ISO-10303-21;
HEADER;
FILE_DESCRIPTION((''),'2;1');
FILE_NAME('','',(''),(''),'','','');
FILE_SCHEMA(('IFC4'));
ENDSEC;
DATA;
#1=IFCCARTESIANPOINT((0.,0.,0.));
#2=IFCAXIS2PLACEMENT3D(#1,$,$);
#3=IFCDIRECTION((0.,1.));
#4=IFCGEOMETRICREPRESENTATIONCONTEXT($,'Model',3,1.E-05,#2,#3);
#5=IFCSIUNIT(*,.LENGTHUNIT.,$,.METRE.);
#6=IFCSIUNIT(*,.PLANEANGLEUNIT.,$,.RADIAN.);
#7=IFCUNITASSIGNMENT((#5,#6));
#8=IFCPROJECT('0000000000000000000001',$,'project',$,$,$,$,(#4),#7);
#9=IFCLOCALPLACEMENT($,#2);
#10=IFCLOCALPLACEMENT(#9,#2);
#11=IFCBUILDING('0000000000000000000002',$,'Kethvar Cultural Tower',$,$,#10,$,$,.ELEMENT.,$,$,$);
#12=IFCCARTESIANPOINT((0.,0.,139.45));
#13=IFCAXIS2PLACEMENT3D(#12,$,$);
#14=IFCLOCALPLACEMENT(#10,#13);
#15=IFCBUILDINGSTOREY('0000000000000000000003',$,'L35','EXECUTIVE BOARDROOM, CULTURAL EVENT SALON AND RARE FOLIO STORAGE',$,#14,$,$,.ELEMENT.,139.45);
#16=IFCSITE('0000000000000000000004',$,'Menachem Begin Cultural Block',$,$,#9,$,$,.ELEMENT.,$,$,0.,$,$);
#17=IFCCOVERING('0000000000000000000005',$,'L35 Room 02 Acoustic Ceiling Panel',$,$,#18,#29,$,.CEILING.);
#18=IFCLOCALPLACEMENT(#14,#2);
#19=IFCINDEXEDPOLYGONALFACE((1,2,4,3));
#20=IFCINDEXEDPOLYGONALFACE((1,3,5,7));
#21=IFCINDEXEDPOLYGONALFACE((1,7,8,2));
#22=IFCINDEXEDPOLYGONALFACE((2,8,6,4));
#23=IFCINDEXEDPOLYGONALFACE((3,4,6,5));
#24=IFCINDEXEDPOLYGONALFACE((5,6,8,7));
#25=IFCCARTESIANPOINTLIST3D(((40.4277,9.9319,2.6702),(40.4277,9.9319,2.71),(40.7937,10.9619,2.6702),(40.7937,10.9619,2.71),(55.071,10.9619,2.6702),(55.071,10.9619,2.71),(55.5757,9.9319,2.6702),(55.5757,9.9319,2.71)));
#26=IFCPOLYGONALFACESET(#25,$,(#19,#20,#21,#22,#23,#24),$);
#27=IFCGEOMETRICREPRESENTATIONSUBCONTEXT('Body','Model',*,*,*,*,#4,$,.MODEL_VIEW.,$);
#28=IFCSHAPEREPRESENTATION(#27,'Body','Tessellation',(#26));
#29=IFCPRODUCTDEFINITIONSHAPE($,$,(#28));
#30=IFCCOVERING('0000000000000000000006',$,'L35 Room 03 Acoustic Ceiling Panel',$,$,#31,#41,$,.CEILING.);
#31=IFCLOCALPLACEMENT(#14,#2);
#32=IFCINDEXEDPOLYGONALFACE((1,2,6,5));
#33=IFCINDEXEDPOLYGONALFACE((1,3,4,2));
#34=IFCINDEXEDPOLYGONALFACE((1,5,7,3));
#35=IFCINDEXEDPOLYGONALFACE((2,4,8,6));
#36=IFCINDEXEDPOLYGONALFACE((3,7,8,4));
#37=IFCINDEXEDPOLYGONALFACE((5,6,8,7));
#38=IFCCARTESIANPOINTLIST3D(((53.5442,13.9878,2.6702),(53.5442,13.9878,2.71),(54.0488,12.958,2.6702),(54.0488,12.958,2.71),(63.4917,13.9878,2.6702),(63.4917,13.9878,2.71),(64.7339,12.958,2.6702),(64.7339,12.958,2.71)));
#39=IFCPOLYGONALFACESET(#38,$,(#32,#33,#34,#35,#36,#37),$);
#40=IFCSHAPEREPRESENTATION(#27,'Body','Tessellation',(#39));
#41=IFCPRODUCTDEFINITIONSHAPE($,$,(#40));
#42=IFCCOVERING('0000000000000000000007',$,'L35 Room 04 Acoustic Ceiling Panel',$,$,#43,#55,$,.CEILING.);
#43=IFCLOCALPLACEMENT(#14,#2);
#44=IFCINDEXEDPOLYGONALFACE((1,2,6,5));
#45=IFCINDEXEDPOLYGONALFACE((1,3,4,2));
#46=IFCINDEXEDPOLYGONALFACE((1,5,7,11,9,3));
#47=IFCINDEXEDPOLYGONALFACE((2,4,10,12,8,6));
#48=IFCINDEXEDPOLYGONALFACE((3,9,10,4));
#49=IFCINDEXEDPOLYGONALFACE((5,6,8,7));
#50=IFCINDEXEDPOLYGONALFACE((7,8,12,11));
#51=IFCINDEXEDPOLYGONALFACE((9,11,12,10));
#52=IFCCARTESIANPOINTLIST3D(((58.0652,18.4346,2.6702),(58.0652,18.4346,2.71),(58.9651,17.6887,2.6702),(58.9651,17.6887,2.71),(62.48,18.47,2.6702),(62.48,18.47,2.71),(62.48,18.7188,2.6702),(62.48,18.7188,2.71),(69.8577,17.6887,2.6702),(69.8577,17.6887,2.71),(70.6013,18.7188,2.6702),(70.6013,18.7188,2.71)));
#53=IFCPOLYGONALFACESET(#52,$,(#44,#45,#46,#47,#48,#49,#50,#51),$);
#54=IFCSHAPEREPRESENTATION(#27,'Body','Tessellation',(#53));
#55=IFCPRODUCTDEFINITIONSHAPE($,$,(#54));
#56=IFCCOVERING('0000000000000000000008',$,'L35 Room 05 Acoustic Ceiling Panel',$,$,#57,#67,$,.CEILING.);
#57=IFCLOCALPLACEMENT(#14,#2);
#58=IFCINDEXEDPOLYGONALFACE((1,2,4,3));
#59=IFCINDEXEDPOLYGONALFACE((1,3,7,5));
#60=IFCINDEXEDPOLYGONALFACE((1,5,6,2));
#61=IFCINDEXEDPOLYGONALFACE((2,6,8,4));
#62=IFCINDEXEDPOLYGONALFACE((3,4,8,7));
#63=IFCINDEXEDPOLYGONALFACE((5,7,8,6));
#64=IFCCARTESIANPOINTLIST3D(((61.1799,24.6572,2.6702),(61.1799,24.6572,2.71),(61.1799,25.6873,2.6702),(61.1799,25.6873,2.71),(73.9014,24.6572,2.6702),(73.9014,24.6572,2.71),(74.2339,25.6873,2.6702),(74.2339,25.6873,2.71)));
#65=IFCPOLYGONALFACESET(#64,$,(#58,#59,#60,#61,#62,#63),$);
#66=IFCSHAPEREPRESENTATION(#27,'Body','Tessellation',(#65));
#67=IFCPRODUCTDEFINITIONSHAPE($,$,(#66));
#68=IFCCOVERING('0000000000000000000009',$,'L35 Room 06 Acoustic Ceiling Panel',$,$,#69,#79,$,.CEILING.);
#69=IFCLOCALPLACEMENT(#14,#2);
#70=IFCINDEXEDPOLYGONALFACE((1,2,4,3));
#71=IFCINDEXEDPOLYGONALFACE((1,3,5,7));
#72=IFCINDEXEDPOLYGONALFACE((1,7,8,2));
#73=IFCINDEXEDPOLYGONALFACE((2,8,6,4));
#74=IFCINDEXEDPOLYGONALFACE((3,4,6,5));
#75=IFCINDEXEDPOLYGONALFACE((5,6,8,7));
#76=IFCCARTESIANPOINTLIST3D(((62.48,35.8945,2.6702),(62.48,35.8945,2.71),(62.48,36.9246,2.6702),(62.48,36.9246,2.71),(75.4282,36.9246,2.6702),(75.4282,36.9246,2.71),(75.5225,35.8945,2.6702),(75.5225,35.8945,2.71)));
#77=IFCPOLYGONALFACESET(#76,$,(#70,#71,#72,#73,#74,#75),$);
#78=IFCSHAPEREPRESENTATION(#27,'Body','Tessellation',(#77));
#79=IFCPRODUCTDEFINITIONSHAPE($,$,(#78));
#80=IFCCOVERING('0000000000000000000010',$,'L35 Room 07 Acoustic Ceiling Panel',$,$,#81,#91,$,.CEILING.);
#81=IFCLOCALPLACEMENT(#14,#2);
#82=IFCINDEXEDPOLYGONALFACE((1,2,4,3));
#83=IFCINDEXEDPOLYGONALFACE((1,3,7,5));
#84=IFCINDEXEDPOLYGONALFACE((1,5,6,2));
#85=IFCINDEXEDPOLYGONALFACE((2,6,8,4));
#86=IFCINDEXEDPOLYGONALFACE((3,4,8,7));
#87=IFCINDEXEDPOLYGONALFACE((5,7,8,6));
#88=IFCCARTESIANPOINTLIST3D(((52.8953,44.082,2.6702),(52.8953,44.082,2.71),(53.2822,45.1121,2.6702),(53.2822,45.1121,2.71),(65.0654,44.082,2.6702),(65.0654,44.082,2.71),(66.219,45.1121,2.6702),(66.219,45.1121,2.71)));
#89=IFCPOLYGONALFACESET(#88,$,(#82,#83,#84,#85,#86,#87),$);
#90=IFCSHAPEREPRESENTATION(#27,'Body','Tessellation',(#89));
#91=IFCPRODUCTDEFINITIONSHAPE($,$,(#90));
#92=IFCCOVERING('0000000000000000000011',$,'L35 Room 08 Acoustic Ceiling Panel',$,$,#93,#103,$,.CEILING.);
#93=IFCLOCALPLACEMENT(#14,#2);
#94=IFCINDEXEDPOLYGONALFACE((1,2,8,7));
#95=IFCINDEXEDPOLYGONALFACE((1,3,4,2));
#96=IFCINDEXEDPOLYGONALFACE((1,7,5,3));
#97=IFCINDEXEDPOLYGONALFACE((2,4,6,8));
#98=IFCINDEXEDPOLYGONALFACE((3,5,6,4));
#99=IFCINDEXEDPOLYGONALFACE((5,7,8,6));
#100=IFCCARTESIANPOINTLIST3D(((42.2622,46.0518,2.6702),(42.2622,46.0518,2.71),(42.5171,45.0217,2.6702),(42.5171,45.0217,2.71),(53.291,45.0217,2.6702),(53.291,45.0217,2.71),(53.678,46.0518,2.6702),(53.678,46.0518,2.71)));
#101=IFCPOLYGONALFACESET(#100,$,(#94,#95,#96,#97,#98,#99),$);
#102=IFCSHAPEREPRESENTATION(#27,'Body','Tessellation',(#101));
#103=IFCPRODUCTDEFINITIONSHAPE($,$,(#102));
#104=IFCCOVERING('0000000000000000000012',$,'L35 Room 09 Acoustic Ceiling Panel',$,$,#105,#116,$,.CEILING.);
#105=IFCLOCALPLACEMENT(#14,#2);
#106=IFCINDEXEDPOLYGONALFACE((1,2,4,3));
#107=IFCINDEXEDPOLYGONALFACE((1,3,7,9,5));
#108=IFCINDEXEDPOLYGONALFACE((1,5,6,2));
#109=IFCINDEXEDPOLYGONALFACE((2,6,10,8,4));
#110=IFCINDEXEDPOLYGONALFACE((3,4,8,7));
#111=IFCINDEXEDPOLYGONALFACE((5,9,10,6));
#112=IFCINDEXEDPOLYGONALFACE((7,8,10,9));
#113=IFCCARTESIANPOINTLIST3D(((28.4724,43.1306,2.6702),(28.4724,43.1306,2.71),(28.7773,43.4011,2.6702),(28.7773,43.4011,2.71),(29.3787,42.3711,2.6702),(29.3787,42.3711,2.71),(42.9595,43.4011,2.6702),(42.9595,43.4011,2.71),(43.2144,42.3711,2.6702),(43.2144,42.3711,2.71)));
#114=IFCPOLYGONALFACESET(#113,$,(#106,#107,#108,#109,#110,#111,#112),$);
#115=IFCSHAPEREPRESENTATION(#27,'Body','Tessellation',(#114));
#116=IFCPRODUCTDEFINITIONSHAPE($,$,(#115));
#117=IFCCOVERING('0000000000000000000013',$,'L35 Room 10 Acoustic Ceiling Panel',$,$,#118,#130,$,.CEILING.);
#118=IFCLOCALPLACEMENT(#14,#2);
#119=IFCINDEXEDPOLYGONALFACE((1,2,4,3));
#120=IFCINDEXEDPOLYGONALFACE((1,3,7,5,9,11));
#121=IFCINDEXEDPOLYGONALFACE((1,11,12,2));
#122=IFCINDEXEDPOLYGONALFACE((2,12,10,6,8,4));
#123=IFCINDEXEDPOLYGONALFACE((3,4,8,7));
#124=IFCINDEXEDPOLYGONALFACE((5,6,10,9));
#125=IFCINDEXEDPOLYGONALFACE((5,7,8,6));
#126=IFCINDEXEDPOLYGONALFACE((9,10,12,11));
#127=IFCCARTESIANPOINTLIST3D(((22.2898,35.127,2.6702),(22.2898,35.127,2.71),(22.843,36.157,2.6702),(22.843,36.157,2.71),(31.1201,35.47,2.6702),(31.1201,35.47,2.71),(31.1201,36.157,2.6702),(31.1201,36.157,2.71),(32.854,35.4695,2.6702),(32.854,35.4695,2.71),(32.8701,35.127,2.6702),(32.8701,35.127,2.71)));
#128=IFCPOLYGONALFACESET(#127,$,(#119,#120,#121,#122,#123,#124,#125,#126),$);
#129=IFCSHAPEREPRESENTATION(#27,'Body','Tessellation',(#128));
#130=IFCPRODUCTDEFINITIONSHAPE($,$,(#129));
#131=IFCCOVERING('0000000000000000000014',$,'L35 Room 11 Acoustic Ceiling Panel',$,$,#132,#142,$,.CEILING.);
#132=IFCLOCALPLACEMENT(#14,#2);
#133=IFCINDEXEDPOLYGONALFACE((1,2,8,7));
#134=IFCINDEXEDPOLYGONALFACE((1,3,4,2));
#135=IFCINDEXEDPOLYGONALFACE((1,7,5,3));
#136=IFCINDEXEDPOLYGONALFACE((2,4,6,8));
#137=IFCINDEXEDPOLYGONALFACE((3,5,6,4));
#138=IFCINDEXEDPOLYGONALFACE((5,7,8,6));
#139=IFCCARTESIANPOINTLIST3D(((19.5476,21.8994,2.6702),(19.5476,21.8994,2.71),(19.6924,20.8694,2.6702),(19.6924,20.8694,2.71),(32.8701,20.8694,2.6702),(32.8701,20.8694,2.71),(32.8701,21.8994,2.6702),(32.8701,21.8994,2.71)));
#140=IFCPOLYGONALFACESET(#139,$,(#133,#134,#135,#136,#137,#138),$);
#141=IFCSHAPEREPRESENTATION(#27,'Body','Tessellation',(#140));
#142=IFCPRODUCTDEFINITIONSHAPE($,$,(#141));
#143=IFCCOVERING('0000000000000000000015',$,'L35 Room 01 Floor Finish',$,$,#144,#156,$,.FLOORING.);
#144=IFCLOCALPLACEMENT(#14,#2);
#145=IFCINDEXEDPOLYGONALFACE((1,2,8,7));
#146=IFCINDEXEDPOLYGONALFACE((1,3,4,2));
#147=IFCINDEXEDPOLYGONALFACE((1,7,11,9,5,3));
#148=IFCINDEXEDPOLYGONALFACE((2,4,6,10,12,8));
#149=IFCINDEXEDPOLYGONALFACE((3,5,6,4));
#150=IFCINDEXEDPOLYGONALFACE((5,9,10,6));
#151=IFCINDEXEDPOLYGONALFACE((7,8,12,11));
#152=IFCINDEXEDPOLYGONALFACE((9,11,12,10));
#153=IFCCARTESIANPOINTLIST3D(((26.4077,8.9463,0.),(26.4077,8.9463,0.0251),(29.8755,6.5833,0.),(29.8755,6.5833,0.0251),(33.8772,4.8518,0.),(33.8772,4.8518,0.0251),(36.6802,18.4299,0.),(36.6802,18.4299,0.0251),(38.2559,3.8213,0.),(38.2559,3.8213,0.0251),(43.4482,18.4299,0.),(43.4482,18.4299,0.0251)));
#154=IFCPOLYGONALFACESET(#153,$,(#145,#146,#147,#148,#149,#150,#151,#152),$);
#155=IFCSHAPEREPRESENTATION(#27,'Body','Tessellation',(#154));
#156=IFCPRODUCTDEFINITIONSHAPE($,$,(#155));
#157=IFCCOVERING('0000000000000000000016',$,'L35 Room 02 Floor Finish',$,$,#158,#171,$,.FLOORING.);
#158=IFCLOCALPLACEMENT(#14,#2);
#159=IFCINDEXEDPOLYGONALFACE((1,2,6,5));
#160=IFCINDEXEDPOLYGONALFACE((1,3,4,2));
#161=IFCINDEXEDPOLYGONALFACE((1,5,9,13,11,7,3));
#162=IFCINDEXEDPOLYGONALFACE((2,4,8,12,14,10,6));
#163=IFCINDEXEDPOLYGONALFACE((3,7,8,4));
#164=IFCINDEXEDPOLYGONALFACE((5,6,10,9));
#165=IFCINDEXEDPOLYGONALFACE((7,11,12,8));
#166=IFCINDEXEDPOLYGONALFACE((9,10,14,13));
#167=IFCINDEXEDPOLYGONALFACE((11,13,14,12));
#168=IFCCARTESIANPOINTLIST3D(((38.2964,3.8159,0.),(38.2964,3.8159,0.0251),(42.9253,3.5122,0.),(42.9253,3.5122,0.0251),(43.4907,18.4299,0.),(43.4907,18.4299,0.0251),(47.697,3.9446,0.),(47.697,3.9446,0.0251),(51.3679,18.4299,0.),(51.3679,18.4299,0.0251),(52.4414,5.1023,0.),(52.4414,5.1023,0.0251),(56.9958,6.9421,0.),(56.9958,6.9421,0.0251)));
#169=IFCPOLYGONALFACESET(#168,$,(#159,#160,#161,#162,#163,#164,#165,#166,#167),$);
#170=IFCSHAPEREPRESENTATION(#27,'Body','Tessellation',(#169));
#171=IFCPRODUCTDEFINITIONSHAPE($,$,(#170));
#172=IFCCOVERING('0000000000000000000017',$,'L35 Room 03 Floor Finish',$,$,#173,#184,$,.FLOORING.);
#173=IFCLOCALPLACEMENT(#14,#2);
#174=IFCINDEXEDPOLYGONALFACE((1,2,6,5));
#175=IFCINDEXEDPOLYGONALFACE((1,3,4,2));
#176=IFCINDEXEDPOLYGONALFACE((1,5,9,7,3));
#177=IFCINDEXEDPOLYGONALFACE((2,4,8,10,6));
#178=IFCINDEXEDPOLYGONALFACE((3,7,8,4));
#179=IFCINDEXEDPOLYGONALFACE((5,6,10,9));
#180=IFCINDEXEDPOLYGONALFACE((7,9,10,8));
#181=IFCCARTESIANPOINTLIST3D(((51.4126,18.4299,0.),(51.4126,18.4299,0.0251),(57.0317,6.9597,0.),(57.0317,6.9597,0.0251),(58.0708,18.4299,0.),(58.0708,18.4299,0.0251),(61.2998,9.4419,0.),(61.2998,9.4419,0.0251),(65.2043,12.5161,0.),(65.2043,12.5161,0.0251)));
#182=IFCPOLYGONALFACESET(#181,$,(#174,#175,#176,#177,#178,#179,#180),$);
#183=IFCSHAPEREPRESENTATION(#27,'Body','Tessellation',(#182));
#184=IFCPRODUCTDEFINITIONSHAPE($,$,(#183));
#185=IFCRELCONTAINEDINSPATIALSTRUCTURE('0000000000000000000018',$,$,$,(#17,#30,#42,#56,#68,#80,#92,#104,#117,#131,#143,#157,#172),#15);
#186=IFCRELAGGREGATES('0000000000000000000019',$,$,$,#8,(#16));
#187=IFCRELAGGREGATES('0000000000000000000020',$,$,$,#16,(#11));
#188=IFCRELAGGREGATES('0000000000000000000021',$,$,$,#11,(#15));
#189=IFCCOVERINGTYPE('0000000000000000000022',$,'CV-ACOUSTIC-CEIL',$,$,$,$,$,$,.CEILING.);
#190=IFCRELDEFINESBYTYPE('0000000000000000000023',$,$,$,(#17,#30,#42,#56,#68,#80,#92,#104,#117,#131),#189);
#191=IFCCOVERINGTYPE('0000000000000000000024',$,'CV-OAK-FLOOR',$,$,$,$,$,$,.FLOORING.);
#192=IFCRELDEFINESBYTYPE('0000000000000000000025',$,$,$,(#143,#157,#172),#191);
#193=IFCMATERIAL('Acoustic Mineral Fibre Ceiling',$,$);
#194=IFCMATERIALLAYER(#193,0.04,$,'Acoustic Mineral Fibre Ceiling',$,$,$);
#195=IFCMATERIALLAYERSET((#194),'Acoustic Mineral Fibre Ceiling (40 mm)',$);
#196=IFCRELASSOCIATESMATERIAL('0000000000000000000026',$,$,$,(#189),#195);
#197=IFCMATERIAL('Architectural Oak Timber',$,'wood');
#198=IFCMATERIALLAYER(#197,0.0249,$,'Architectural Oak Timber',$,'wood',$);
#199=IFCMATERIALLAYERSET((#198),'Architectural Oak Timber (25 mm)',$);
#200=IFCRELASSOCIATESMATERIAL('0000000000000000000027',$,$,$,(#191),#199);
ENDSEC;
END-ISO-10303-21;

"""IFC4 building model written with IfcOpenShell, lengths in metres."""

from ifc_helpers import new_model, si_unit, direction, frame, origin, place, context, subcontext, project, spatial, polyline, outline, extrude, material, layer, layer_set, type_object, element, save


model = new_model("IFC4")

# Units and contexts
model_context = context("Model", 3, precision=1e-05, world=origin(), true_north=direction((0.0, 1.0)))
body_context = subcontext(model_context, "Body", "Model", "MODEL_VIEW")
ifc_project = project(units=[si_unit("LENGTHUNIT", "METRE"), si_unit("PLANEANGLEUNIT", "RADIAN")], contexts=[model_context])

# Site, building, storey
site_placement = place(None, origin())
site = spatial("IfcSite", under=ifc_project, at=site_placement, Name="Menachem Begin Cultural Block", CompositionType="ELEMENT", RefElevation=0.0)
building_placement = place(site_placement, origin())
building = spatial("IfcBuilding", under=site, at=building_placement, Name="Kethvar Cultural Tower", CompositionType="ELEMENT")
storey_placement = place(building_placement, frame((0.0, 0.0, 139.45)))
storey = spatial("IfcBuildingStorey", under=building, at=storey_placement, Name="L35", Description="EXECUTIVE BOARDROOM, CULTURAL EVENT SALON AND RARE FOLIO STORAGE", CompositionType="ELEMENT", Elevation=139.45)

# Coverings
ifc_material_1 = material(Name="Acoustic Mineral Fibre Ceiling")
ifc_layer_1 = layer(ifc_material_1, 0.04, Name="Acoustic Mineral Fibre Ceiling")
ifc_layer_set_1 = layer_set([ifc_layer_1], Name="Acoustic Mineral Fibre Ceiling (40 mm)")
covering_type_1 = type_object("IfcCoveringType", Name="CV-ACOUSTIC-CEIL", PredefinedType="CEILING", material=ifc_layer_set_1)
covering_1_placement = place(storey_placement, frame((0.0, 0.0, 2.6702)))
element("IfcCovering", 1, at=covering_1_placement, inside=storey, type_object=covering_type_1, Name="L35 Room 02 Acoustic Ceiling Panel", PredefinedType="CEILING", context=body_context, shape_type="SweptSolid", body=[
    extrude(outline(polyline([(40.7937, 10.9619), (55.071, 10.9619), (55.5757, 9.9319), (40.4277, 9.9319), (40.7937, 10.9619)])), origin(), (0.0, 0.0, 1.0), 0.0398),
])
covering_2_placement = place(storey_placement, frame((0.0, 0.0, 2.6702)))
element("IfcCovering", 2, at=covering_2_placement, inside=storey, type_object=covering_type_1, Name="L35 Room 03 Acoustic Ceiling Panel", PredefinedType="CEILING", context=body_context, shape_type="SweptSolid", body=[
    extrude(outline(polyline([(53.5442, 13.9878), (63.4917, 13.9878), (64.7339, 12.958), (54.0488, 12.958), (53.5442, 13.9878)])), origin(), (0.0, 0.0, 1.0), 0.0398),
])
covering_3_placement = place(storey_placement, frame((0.0, 0.0, 2.6702)))
element("IfcCovering", 3, at=covering_3_placement, inside=storey, type_object=covering_type_1, Name="L35 Room 04 Acoustic Ceiling Panel", PredefinedType="CEILING", context=body_context, shape_type="SweptSolid", body=[
    extrude(outline(polyline([(58.0652, 18.4346), (62.48, 18.47), (62.48, 18.7188), (70.6013, 18.7188), (69.8577, 17.6887), (58.9651, 17.6887), (58.0652, 18.4346)])), origin(), (0.0, 0.0, 1.0), 0.0398),
])
covering_4_placement = place(storey_placement, frame((0.0, 0.0, 2.6702)))
element("IfcCovering", 4, at=covering_4_placement, inside=storey, type_object=covering_type_1, Name="L35 Room 05 Acoustic Ceiling Panel", PredefinedType="CEILING", context=body_context, shape_type="SweptSolid", body=[
    extrude(outline(polyline([(61.1799, 25.6873), (74.2339, 25.6873), (73.9014, 24.6572), (61.1799, 24.6572), (61.1799, 25.6873)])), origin(), (0.0, 0.0, 1.0), 0.0398),
])
covering_5_placement = place(storey_placement, frame((0.0, 0.0, 2.6702)))
element("IfcCovering", 5, at=covering_5_placement, inside=storey, type_object=covering_type_1, Name="L35 Room 06 Acoustic Ceiling Panel", PredefinedType="CEILING", context=body_context, shape_type="SweptSolid", body=[
    extrude(outline(polyline([(62.48, 36.9246), (75.4282, 36.9246), (75.5225, 35.8945), (62.48, 35.8945), (62.48, 36.9246)])), origin(), (0.0, 0.0, 1.0), 0.0398),
])
covering_6_placement = place(storey_placement, frame((0.0, 0.0, 2.6702)))
element("IfcCovering", 6, at=covering_6_placement, inside=storey, type_object=covering_type_1, Name="L35 Room 07 Acoustic Ceiling Panel", PredefinedType="CEILING", context=body_context, shape_type="SweptSolid", body=[
    extrude(outline(polyline([(65.0654, 44.082), (52.8953, 44.082), (53.2822, 45.1121), (66.219, 45.1121), (65.0654, 44.082)])), origin(), (0.0, 0.0, 1.0), 0.0398),
])
covering_7_placement = place(storey_placement, frame((0.0, 0.0, 2.6702)))
element("IfcCovering", 7, at=covering_7_placement, inside=storey, type_object=covering_type_1, Name="L35 Room 08 Acoustic Ceiling Panel", PredefinedType="CEILING", context=body_context, shape_type="SweptSolid", body=[
    extrude(outline(polyline([(53.291, 45.0217), (42.5171, 45.0217), (42.2622, 46.0518), (53.678, 46.0518), (53.291, 45.0217)])), origin(), (0.0, 0.0, 1.0), 0.0398),
])
covering_8_placement = place(storey_placement, frame((0.0, 0.0, 2.6702)))
element("IfcCovering", 8, at=covering_8_placement, inside=storey, type_object=covering_type_1, Name="L35 Room 09 Acoustic Ceiling Panel", PredefinedType="CEILING", context=body_context, shape_type="SweptSolid", body=[
    extrude(outline(polyline([(28.4724, 43.1306), (28.7773, 43.4011), (42.9595, 43.4011), (43.2144, 42.3711), (29.3787, 42.3711), (28.4724, 43.1306)])), origin(), (0.0, 0.0, 1.0), 0.0398),
])
covering_9_placement = place(storey_placement, frame((0.0, 0.0, 2.6702)))
element("IfcCovering", 9, at=covering_9_placement, inside=storey, type_object=covering_type_1, Name="L35 Room 10 Acoustic Ceiling Panel", PredefinedType="CEILING", context=body_context, shape_type="SweptSolid", body=[
    extrude(outline(polyline([(22.2898, 35.127), (22.843, 36.157), (31.1201, 36.157), (31.1201, 35.47), (32.854, 35.4695), (32.8701, 35.127), (22.2898, 35.127)])), origin(), (0.0, 0.0, 1.0), 0.0398),
])
covering_10_placement = place(storey_placement, frame((0.0, 0.0, 2.6702)))
element("IfcCovering", 10, at=covering_10_placement, inside=storey, type_object=covering_type_1, Name="L35 Room 11 Acoustic Ceiling Panel", PredefinedType="CEILING", context=body_context, shape_type="SweptSolid", body=[
    extrude(outline(polyline([(19.5476, 21.8994), (32.8701, 21.8994), (32.8701, 20.8694), (19.6924, 20.8694), (19.5476, 21.8994)])), origin(), (0.0, 0.0, 1.0), 0.0398),
])
ifc_material_2 = material(Name="Architectural Oak Timber", Category="wood")
ifc_layer_2 = layer(ifc_material_2, 0.0249, Name="Architectural Oak Timber", Category="wood")
ifc_layer_set_2 = layer_set([ifc_layer_2], Name="Architectural Oak Timber (25 mm)")
covering_type_2 = type_object("IfcCoveringType", Name="CV-OAK-FLOOR", PredefinedType="FLOORING", material=ifc_layer_set_2)
covering_11_placement = place(storey_placement, origin())
element("IfcCovering", 11, at=covering_11_placement, inside=storey, type_object=covering_type_2, Name="L35 Room 01 Floor Finish", PredefinedType="FLOORING", context=body_context, shape_type="SweptSolid", body=[
    extrude(outline(polyline([(33.8772, 4.8518), (29.8755, 6.5833), (26.4077, 8.9463), (36.6802, 18.4299), (43.4482, 18.4299), (38.2559, 3.8213), (33.8772, 4.8518)])), origin(), (0.0, 0.0, 1.0), 0.0251),
])
covering_12_placement = place(storey_placement, origin())
element("IfcCovering", 12, at=covering_12_placement, inside=storey, type_object=covering_type_2, Name="L35 Room 02 Floor Finish", PredefinedType="FLOORING", context=body_context, shape_type="SweptSolid", body=[
    extrude(outline(polyline([(52.4414, 5.1023), (47.697, 3.9446), (42.9253, 3.5122), (38.2964, 3.8159), (43.4907, 18.4299), (51.3679, 18.4299), (56.9958, 6.9421), (52.4414, 5.1023)])), origin(), (0.0, 0.0, 1.0), 0.0251),
])
covering_13_placement = place(storey_placement, origin())
element("IfcCovering", 13, at=covering_13_placement, inside=storey, type_object=covering_type_2, Name="L35 Room 03 Floor Finish", PredefinedType="FLOORING", context=body_context, shape_type="SweptSolid", body=[
    extrude(outline(polyline([(61.2998, 9.4419), (57.0317, 6.9597), (51.4126, 18.4299), (58.0708, 18.4299), (65.2043, 12.5161), (61.2998, 9.4419)])), origin(), (0.0, 0.0, 1.0), 0.0251),
])

save(model, "model.ifc")
